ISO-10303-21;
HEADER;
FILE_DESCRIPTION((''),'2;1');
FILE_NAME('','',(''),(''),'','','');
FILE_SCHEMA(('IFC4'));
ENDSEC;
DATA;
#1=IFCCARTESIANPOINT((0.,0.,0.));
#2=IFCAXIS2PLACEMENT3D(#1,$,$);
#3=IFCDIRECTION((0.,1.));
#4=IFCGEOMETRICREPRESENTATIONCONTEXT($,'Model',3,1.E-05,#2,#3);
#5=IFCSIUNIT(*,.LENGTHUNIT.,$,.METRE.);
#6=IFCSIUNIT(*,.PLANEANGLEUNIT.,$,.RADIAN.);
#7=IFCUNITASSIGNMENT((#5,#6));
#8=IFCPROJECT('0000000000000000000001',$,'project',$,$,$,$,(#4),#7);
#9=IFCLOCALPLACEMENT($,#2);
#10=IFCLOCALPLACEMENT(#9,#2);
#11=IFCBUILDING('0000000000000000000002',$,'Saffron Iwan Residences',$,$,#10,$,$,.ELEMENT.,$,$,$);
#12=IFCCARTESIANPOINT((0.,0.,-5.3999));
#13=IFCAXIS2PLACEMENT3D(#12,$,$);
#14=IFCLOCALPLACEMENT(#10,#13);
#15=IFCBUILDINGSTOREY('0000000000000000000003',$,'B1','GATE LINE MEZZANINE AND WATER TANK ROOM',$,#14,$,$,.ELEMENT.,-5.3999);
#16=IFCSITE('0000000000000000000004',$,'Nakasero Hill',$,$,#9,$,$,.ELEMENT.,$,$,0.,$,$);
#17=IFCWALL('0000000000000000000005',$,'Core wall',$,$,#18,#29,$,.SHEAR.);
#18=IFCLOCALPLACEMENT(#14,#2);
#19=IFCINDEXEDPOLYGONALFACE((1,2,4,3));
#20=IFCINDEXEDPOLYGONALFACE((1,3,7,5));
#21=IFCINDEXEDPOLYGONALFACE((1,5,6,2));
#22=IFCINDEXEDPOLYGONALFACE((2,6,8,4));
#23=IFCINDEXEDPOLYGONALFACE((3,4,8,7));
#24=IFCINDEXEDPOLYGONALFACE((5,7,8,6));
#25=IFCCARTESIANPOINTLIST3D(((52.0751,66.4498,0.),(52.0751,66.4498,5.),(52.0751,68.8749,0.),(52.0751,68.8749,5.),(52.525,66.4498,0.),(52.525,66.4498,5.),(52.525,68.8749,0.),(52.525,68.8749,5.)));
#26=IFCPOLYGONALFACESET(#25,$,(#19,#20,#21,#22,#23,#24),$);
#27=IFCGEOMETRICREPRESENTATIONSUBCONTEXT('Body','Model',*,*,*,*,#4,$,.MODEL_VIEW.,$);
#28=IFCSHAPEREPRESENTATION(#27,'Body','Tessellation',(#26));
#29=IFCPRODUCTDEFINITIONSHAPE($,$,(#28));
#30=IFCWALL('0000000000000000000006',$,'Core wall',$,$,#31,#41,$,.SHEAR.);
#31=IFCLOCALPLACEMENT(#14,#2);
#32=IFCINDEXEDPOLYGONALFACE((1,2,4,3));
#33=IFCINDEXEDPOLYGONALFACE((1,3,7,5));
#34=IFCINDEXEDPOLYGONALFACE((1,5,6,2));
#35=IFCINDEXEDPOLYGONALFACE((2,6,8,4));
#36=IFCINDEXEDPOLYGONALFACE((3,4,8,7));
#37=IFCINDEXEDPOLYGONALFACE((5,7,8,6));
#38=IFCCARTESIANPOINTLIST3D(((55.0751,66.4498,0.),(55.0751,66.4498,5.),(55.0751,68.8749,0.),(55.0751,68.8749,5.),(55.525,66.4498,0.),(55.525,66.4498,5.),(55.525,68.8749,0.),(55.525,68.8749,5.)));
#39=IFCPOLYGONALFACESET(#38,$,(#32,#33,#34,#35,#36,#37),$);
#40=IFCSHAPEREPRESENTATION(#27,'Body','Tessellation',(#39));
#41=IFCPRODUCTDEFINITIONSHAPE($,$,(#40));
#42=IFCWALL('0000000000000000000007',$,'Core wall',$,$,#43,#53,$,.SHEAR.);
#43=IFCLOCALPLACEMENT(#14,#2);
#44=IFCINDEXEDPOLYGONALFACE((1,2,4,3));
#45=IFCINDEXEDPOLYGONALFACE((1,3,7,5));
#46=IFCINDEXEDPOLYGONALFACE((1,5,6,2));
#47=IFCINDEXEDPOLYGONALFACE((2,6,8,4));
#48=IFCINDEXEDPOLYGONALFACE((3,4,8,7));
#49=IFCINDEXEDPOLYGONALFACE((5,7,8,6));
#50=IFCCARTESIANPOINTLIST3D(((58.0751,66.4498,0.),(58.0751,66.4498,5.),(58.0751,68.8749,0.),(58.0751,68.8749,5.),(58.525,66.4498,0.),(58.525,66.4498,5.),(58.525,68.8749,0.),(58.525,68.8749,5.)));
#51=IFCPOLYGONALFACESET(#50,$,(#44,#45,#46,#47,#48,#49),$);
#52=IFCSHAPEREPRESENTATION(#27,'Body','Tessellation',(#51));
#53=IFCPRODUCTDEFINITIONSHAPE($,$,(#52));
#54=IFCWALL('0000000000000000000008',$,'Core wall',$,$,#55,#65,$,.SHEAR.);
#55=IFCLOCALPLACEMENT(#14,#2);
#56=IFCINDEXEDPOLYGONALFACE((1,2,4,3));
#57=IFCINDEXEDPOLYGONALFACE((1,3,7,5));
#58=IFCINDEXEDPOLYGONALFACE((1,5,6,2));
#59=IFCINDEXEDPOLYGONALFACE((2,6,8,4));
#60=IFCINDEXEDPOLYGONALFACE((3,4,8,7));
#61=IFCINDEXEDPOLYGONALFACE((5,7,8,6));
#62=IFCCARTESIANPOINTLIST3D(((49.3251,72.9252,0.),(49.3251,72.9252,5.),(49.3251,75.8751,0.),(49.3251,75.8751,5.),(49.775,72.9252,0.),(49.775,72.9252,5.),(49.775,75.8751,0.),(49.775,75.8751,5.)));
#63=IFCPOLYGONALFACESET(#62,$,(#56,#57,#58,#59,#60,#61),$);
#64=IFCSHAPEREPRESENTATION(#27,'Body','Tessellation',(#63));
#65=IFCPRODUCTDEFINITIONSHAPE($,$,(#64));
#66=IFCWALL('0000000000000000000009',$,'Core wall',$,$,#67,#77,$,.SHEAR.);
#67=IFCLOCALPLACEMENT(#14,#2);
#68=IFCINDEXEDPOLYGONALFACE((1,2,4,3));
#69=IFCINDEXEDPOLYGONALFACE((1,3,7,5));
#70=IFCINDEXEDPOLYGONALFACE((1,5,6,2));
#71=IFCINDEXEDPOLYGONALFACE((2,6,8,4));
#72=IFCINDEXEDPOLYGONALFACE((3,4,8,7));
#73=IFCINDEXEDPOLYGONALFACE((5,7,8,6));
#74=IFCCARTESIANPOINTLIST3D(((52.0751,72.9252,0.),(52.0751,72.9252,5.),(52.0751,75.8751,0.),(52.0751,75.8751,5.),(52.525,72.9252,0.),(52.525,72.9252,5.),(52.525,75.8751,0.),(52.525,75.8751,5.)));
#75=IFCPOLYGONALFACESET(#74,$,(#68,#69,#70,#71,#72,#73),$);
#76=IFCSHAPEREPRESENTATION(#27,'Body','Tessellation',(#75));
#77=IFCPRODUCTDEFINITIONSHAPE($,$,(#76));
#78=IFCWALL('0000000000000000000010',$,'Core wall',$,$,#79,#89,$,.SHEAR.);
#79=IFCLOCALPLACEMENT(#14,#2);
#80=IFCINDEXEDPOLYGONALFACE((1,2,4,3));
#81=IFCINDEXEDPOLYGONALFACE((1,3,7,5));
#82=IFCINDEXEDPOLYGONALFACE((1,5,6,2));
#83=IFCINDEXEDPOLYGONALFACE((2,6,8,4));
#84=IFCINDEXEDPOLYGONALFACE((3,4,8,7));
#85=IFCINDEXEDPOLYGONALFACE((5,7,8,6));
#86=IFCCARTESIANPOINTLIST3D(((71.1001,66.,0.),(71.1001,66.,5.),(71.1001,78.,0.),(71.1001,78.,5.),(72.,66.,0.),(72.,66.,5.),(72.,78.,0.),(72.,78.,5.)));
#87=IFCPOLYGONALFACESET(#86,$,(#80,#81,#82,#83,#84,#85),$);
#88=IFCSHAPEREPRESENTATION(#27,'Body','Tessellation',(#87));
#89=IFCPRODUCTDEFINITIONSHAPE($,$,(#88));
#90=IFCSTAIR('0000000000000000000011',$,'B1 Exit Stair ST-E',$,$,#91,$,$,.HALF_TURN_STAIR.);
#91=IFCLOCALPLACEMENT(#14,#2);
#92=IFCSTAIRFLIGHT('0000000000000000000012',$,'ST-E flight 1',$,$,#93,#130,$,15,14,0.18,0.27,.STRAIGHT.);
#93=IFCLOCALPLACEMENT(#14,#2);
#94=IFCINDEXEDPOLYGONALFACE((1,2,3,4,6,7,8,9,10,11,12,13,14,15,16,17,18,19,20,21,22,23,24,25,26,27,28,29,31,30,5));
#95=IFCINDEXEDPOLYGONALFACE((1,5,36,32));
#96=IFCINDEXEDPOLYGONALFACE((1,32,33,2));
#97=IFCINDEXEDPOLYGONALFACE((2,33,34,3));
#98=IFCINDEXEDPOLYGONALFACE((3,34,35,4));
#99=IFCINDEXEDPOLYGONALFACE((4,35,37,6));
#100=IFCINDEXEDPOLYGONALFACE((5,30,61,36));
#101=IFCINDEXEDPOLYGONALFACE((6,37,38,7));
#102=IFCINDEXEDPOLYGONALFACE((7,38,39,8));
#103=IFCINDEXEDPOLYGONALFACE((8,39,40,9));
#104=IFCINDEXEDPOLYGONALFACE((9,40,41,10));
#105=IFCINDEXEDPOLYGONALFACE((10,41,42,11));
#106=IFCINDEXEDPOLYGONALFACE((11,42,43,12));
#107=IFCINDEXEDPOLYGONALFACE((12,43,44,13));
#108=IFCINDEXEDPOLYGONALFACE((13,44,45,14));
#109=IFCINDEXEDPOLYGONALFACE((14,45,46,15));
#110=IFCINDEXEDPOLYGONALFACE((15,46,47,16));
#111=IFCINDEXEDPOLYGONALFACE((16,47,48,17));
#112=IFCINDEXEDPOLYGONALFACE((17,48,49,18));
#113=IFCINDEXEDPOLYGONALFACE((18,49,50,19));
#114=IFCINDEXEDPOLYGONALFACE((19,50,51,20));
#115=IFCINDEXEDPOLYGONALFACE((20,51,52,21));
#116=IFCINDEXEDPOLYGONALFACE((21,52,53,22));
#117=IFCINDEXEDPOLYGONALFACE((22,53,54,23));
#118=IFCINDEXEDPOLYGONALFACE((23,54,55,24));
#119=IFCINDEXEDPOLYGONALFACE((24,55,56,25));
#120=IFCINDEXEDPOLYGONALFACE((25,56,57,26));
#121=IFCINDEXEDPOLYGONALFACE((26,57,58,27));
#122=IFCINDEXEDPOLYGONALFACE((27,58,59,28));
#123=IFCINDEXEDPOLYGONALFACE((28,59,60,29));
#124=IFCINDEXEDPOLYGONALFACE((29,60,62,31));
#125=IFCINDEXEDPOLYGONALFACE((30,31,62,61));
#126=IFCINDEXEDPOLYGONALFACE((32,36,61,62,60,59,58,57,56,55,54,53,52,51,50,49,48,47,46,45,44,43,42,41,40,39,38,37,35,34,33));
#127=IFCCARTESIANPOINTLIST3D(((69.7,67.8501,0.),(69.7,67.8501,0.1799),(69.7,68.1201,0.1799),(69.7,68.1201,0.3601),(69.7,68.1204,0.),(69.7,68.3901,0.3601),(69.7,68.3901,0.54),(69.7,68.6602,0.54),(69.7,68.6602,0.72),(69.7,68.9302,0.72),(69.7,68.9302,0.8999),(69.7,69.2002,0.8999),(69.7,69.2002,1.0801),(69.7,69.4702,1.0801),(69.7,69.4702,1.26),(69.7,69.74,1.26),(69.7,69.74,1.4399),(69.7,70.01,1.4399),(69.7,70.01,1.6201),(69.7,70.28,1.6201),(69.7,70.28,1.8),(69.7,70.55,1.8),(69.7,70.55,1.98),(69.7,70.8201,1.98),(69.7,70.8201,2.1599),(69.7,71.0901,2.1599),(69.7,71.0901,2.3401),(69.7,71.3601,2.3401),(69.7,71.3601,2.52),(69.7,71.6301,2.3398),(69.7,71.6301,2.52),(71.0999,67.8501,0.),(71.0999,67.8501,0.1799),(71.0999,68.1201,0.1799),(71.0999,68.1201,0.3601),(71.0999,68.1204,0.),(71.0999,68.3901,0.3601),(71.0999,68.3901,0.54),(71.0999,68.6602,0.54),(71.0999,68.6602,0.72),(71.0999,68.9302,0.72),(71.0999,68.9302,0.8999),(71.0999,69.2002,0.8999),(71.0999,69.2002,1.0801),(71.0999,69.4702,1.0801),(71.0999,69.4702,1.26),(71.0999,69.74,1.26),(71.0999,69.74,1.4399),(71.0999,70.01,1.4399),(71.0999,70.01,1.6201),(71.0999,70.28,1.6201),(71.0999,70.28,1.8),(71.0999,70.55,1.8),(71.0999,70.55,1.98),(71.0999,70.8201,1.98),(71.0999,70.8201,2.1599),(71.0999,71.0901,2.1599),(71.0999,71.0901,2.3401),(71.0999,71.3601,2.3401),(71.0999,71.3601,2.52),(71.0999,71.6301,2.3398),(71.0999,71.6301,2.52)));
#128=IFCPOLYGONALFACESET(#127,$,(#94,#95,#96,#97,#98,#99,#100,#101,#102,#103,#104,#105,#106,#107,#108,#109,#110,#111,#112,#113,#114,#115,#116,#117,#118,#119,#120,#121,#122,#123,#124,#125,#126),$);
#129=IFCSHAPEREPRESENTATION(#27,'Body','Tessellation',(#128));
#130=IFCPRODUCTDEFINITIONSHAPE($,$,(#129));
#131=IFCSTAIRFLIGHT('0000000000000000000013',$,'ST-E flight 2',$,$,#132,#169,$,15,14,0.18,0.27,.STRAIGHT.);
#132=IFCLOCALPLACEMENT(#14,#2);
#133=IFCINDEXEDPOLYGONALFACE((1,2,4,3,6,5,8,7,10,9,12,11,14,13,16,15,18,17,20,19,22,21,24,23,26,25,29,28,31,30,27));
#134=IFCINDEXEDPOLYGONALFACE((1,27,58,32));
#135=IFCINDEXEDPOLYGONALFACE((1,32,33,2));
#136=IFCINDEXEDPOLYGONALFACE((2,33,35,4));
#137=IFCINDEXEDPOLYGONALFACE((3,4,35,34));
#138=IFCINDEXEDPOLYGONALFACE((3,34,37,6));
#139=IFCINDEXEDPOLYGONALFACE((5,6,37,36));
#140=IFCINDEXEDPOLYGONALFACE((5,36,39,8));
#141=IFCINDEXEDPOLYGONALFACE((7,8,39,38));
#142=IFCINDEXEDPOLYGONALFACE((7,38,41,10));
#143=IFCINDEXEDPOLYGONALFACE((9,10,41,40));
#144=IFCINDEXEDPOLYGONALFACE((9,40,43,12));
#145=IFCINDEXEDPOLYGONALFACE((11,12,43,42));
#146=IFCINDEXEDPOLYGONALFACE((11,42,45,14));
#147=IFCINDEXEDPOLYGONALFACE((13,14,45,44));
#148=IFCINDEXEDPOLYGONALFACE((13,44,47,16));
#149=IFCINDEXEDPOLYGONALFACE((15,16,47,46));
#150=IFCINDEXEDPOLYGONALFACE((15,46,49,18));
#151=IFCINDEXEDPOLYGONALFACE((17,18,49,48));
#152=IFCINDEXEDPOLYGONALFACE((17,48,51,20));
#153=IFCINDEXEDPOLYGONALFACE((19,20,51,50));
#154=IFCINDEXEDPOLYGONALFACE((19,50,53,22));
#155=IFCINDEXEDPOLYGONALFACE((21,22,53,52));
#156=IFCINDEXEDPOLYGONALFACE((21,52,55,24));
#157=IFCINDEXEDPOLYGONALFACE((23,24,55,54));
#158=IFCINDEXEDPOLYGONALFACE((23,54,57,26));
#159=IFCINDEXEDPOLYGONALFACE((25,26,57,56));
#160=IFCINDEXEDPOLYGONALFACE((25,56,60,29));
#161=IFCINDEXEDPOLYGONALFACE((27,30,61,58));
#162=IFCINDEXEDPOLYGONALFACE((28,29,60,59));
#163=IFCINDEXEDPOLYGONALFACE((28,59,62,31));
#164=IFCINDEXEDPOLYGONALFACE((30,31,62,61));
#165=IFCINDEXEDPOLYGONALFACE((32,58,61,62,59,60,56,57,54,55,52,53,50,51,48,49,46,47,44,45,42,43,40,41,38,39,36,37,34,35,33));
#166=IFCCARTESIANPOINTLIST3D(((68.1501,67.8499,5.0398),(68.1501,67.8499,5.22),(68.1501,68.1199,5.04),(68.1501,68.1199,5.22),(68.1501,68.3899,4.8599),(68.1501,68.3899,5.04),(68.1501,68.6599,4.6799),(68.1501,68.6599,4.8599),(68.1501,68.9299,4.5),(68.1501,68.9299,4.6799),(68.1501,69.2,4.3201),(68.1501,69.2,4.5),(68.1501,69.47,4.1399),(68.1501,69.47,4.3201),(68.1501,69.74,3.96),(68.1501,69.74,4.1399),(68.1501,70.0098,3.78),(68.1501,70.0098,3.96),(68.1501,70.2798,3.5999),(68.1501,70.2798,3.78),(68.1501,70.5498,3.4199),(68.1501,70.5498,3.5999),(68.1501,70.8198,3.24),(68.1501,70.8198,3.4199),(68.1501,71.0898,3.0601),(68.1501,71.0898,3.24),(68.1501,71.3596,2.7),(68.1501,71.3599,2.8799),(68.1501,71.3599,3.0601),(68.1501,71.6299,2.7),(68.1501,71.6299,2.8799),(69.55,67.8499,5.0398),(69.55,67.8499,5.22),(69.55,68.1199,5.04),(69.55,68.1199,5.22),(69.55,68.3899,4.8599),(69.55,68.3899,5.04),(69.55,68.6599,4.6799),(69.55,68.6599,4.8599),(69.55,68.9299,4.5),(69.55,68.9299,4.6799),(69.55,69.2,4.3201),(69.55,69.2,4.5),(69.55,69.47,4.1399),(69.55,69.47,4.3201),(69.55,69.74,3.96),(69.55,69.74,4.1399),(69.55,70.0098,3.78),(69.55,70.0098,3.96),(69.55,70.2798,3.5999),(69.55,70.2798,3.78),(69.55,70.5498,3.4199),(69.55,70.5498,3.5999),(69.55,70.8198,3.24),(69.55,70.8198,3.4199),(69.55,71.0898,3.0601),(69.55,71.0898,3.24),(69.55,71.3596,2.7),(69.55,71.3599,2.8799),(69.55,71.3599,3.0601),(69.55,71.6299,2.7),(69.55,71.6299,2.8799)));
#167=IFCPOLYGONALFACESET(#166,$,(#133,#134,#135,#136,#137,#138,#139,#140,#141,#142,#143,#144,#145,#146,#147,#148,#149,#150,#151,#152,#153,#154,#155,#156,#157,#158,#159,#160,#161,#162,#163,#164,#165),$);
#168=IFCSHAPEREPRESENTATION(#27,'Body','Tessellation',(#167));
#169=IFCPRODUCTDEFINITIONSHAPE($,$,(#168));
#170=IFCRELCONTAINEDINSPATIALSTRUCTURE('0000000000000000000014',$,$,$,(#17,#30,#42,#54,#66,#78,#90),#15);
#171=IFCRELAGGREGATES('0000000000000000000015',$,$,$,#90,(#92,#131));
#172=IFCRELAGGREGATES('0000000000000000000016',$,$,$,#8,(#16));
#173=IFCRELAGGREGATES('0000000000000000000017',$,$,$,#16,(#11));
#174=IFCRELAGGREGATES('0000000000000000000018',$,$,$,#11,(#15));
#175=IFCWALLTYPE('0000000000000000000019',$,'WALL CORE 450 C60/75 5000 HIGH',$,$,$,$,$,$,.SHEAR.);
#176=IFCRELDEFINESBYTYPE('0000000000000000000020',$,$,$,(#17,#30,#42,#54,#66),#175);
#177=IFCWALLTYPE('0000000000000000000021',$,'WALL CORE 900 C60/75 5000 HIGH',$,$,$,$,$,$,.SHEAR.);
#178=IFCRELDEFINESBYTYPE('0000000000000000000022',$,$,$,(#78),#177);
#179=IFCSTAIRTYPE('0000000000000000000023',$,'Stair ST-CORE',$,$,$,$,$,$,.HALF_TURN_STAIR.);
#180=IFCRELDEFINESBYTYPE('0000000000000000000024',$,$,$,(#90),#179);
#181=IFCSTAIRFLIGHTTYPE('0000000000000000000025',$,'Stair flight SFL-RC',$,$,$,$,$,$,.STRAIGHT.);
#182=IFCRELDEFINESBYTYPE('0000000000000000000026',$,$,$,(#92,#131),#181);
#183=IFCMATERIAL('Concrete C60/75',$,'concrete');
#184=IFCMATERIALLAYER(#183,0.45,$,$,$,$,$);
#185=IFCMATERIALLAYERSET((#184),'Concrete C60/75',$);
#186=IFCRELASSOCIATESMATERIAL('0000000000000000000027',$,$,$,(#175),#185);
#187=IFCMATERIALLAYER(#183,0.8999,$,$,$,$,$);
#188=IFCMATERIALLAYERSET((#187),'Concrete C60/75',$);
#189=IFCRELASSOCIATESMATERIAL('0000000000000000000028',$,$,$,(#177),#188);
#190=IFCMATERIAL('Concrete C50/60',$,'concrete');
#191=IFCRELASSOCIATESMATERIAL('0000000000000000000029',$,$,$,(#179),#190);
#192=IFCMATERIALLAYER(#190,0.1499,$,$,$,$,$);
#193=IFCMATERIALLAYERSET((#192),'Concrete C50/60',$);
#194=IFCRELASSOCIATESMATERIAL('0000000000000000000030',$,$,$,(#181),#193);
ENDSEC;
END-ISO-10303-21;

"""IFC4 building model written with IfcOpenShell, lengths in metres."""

from ifc_helpers import new_model, si_unit, direction, frame, frame_2d, origin, place, context, subcontext, project, spatial, polyline, rectangle, outline, extrude, material, layer, layer_set, type_object, element, aggregate, save


model = new_model("IFC4")

# Units and contexts
model_context = context("Model", 3, precision=1e-05, world=origin(), true_north=direction((0.0, 1.0)))
body_context = subcontext(model_context, "Body", "Model", "MODEL_VIEW")
ifc_project = project(units=[si_unit("LENGTHUNIT", "METRE"), si_unit("PLANEANGLEUNIT", "RADIAN")], contexts=[model_context])

# Site, building, storey
site_placement = place(None, origin())
site = spatial("IfcSite", under=ifc_project, at=site_placement, Name="Nakasero Hill", CompositionType="ELEMENT", RefElevation=0.0)
building_placement = place(site_placement, origin())
building = spatial("IfcBuilding", under=site, at=building_placement, Name="Saffron Iwan Residences", CompositionType="ELEMENT")
storey_placement = place(building_placement, frame((0.0, 0.0, -5.3999)))
storey = spatial("IfcBuildingStorey", under=building, at=storey_placement, Name="B1", Description="GATE LINE MEZZANINE AND WATER TANK ROOM", CompositionType="ELEMENT", Elevation=-5.3999)

# Shared definitions
ifc_material_1 = material(Name="Concrete C60/75", Category="concrete")
ifc_layer_1 = layer(ifc_material_1, 0.45)
ifc_layer_set_1 = layer_set([ifc_layer_1], Name="Concrete C60/75")
wall_type_1 = type_object("IfcWallType", Name="WALL CORE 450 C60/75 5000 HIGH", PredefinedType="SHEAR", material=ifc_layer_set_1)

# Walls
for number, where, z_axis, x_axis, name in (
    (1, (52.3, 66.45, 0.0), (0.0, 0.0, 1.0), (0.0, 1.0, 0.0), "Core wall"),
    (2, (55.3, 66.45, 0.0), (0.0, 0.0, 1.0), (0.0, 1.0, 0.0), "Core wall"),
    (3, (58.3, 66.45, 0.0), (0.0, 0.0, 1.0), (0.0, 1.0, 0.0), "Core wall"),
):
    element("IfcWall", number, at=place(storey_placement, frame(where, z_axis=z_axis, x_axis=x_axis)), inside=storey, type_object=wall_type_1, Name=name, PredefinedType="SHEAR", context=body_context, shape_type="SweptSolid", body=[
        extrude(rectangle(XDim=2.425, YDim=0.45, at=frame_2d((1.2124, 0.0))), origin(), (0.0, 0.0, 1.0), 5.0),
    ])
for number, where, z_axis, x_axis, name in (
    (4, (49.55, 72.925, 0.0), (0.0, 0.0, 1.0), (0.0, 1.0, 0.0), "Core wall"),
    (5, (52.3, 72.925, 0.0), (0.0, 0.0, 1.0), (0.0, 1.0, 0.0), "Core wall"),
):
    element("IfcWall", number, at=place(storey_placement, frame(where, z_axis=z_axis, x_axis=x_axis)), inside=storey, type_object=wall_type_1, Name=name, PredefinedType="SHEAR", context=body_context, shape_type="SweptSolid", body=[
        extrude(rectangle(XDim=2.95, YDim=0.45, at=frame_2d((1.4751, 0.0))), origin(), (0.0, 0.0, 1.0), 5.0),
    ])
ifc_layer_2 = layer(ifc_material_1, 0.8999)
ifc_layer_set_2 = layer_set([ifc_layer_2], Name="Concrete C60/75")
wall_type_2 = type_object("IfcWallType", Name="WALL CORE 900 C60/75 5000 HIGH", PredefinedType="SHEAR", material=ifc_layer_set_2)
wall_1_placement = place(storey_placement, frame((71.55, 66.0, 0.0), z_axis=(0.0, 0.0, 1.0), x_axis=(0.0, 1.0, 0.0)))
element("IfcWall", 6, at=wall_1_placement, inside=storey, type_object=wall_type_2, Name="Core wall", PredefinedType="SHEAR", context=body_context, shape_type="SweptSolid", body=[
    extrude(rectangle(XDim=12.0, YDim=0.8999, at=frame_2d((6.0, 0.0))), origin(), (0.0, 0.0, 1.0), 5.0),
])

# Stair, stair flights
ifc_material_2 = material(Name="Concrete C50/60", Category="concrete")
stair_type = type_object("IfcStairType", Name="Stair ST-CORE", PredefinedType="HALF_TURN_STAIR", material=ifc_material_2)
stair_placement = place(storey_placement, origin())
stair = element("IfcStair", 7, at=stair_placement, inside=storey, type_object=stair_type, Name="B1 Exit Stair ST-E", PredefinedType="HALF_TURN_STAIR")
ifc_layer_3 = layer(ifc_material_2, 0.1499)
ifc_layer_set_3 = layer_set([ifc_layer_3], Name="Concrete C50/60")
stair_flight_type = type_object("IfcStairFlightType", Name="Stair flight SFL-RC", PredefinedType="STRAIGHT", material=ifc_layer_set_3)
stair_flight_1_placement = place(storey_placement, frame((70.3999, 67.8501, 0.0), z_axis=(0.0, 0.0, 1.0), x_axis=(0.0, 1.0, 0.0)))
stair_flight_1 = element("IfcStairFlight", 8, at=stair_flight_1_placement, type_object=stair_flight_type, Name="ST-E flight 1", NumberOfRisers=15, NumberOfTreads=14, PredefinedType="STRAIGHT", RiserHeight=0.18, TreadLength=0.27, context=body_context, shape_type="SweptSolid", body=[
    extrude(outline(polyline([(0.0, 0.0), (0.0, 0.1799), (0.27, 0.1799), (0.27, 0.3601), (0.54, 0.3601), (0.54, 0.54), (0.8101, 0.54), (0.8101, 0.72), (1.0801, 0.72), (1.0801, 0.8999), (1.3501, 0.8999), (1.3501, 1.0801), (1.6201, 1.0801), (1.6201, 1.26), (1.8899, 1.26), (1.8899, 1.4399), (2.1599, 1.4399), (2.1599, 1.6201), (2.4299, 1.6201), (2.4299, 1.8), (2.7, 1.8), (2.7, 1.98), (2.97, 1.98), (2.97, 2.1599), (3.24, 2.1599), (3.24, 2.3401), (3.51, 2.3401), (3.51, 2.52), (3.78, 2.52), (3.78, 2.7), (3.78, 2.3398), (0.2703, 0.0), (0.0, 0.0)])), frame((0.0, 0.7, 0.0), z_axis=(0.0, -1.0, 0.0), x_axis=(1.0, 0.0, 0.0)), (0.0, 0.0, 1.0), 1.3999),
])
stair_flight_2_placement = place(storey_placement, frame((68.8501, 71.6299, 2.7), z_axis=(0.0, 0.0, 1.0), x_axis=(0.0, -1.0, 0.0)))
stair_flight_2 = element("IfcStairFlight", 9, at=stair_flight_2_placement, type_object=stair_flight_type, Name="ST-E flight 2", NumberOfRisers=15, NumberOfTreads=14, PredefinedType="STRAIGHT", RiserHeight=0.18, TreadLength=0.27, context=body_context, shape_type="SweptSolid", body=[
    extrude(outline(polyline([(0.0, 0.0), (0.0, 0.1799), (0.27, 0.1799), (0.27, 0.3601), (0.54, 0.3601), (0.54, 0.54), (0.8101, 0.54), (0.8101, 0.72), (1.0801, 0.72), (1.0801, 0.8999), (1.3501, 0.8999), (1.3501, 1.0801), (1.6201, 1.0801), (1.6201, 1.26), (1.8899, 1.26), (1.8899, 1.4399), (2.1599, 1.4399), (2.1599, 1.6201), (2.4299, 1.6201), (2.4299, 1.8), (2.7, 1.8), (2.7, 1.98), (2.97, 1.98), (2.97, 2.1599), (3.24, 2.1599), (3.24, 2.3401), (3.51, 2.3401), (3.51, 2.52), (3.78, 2.52), (3.78, 2.7), (3.78, 2.3398), (0.2703, 0.0), (0.0, 0.0)])), frame((0.0, 0.7, 0.0), z_axis=(0.0, -1.0, 0.0), x_axis=(1.0, 0.0, 0.0)), (0.0, 0.0, 1.0), 1.3999),
])
aggregate(stair, [stair_flight_1, stair_flight_2])

save(model, "model.ifc")
